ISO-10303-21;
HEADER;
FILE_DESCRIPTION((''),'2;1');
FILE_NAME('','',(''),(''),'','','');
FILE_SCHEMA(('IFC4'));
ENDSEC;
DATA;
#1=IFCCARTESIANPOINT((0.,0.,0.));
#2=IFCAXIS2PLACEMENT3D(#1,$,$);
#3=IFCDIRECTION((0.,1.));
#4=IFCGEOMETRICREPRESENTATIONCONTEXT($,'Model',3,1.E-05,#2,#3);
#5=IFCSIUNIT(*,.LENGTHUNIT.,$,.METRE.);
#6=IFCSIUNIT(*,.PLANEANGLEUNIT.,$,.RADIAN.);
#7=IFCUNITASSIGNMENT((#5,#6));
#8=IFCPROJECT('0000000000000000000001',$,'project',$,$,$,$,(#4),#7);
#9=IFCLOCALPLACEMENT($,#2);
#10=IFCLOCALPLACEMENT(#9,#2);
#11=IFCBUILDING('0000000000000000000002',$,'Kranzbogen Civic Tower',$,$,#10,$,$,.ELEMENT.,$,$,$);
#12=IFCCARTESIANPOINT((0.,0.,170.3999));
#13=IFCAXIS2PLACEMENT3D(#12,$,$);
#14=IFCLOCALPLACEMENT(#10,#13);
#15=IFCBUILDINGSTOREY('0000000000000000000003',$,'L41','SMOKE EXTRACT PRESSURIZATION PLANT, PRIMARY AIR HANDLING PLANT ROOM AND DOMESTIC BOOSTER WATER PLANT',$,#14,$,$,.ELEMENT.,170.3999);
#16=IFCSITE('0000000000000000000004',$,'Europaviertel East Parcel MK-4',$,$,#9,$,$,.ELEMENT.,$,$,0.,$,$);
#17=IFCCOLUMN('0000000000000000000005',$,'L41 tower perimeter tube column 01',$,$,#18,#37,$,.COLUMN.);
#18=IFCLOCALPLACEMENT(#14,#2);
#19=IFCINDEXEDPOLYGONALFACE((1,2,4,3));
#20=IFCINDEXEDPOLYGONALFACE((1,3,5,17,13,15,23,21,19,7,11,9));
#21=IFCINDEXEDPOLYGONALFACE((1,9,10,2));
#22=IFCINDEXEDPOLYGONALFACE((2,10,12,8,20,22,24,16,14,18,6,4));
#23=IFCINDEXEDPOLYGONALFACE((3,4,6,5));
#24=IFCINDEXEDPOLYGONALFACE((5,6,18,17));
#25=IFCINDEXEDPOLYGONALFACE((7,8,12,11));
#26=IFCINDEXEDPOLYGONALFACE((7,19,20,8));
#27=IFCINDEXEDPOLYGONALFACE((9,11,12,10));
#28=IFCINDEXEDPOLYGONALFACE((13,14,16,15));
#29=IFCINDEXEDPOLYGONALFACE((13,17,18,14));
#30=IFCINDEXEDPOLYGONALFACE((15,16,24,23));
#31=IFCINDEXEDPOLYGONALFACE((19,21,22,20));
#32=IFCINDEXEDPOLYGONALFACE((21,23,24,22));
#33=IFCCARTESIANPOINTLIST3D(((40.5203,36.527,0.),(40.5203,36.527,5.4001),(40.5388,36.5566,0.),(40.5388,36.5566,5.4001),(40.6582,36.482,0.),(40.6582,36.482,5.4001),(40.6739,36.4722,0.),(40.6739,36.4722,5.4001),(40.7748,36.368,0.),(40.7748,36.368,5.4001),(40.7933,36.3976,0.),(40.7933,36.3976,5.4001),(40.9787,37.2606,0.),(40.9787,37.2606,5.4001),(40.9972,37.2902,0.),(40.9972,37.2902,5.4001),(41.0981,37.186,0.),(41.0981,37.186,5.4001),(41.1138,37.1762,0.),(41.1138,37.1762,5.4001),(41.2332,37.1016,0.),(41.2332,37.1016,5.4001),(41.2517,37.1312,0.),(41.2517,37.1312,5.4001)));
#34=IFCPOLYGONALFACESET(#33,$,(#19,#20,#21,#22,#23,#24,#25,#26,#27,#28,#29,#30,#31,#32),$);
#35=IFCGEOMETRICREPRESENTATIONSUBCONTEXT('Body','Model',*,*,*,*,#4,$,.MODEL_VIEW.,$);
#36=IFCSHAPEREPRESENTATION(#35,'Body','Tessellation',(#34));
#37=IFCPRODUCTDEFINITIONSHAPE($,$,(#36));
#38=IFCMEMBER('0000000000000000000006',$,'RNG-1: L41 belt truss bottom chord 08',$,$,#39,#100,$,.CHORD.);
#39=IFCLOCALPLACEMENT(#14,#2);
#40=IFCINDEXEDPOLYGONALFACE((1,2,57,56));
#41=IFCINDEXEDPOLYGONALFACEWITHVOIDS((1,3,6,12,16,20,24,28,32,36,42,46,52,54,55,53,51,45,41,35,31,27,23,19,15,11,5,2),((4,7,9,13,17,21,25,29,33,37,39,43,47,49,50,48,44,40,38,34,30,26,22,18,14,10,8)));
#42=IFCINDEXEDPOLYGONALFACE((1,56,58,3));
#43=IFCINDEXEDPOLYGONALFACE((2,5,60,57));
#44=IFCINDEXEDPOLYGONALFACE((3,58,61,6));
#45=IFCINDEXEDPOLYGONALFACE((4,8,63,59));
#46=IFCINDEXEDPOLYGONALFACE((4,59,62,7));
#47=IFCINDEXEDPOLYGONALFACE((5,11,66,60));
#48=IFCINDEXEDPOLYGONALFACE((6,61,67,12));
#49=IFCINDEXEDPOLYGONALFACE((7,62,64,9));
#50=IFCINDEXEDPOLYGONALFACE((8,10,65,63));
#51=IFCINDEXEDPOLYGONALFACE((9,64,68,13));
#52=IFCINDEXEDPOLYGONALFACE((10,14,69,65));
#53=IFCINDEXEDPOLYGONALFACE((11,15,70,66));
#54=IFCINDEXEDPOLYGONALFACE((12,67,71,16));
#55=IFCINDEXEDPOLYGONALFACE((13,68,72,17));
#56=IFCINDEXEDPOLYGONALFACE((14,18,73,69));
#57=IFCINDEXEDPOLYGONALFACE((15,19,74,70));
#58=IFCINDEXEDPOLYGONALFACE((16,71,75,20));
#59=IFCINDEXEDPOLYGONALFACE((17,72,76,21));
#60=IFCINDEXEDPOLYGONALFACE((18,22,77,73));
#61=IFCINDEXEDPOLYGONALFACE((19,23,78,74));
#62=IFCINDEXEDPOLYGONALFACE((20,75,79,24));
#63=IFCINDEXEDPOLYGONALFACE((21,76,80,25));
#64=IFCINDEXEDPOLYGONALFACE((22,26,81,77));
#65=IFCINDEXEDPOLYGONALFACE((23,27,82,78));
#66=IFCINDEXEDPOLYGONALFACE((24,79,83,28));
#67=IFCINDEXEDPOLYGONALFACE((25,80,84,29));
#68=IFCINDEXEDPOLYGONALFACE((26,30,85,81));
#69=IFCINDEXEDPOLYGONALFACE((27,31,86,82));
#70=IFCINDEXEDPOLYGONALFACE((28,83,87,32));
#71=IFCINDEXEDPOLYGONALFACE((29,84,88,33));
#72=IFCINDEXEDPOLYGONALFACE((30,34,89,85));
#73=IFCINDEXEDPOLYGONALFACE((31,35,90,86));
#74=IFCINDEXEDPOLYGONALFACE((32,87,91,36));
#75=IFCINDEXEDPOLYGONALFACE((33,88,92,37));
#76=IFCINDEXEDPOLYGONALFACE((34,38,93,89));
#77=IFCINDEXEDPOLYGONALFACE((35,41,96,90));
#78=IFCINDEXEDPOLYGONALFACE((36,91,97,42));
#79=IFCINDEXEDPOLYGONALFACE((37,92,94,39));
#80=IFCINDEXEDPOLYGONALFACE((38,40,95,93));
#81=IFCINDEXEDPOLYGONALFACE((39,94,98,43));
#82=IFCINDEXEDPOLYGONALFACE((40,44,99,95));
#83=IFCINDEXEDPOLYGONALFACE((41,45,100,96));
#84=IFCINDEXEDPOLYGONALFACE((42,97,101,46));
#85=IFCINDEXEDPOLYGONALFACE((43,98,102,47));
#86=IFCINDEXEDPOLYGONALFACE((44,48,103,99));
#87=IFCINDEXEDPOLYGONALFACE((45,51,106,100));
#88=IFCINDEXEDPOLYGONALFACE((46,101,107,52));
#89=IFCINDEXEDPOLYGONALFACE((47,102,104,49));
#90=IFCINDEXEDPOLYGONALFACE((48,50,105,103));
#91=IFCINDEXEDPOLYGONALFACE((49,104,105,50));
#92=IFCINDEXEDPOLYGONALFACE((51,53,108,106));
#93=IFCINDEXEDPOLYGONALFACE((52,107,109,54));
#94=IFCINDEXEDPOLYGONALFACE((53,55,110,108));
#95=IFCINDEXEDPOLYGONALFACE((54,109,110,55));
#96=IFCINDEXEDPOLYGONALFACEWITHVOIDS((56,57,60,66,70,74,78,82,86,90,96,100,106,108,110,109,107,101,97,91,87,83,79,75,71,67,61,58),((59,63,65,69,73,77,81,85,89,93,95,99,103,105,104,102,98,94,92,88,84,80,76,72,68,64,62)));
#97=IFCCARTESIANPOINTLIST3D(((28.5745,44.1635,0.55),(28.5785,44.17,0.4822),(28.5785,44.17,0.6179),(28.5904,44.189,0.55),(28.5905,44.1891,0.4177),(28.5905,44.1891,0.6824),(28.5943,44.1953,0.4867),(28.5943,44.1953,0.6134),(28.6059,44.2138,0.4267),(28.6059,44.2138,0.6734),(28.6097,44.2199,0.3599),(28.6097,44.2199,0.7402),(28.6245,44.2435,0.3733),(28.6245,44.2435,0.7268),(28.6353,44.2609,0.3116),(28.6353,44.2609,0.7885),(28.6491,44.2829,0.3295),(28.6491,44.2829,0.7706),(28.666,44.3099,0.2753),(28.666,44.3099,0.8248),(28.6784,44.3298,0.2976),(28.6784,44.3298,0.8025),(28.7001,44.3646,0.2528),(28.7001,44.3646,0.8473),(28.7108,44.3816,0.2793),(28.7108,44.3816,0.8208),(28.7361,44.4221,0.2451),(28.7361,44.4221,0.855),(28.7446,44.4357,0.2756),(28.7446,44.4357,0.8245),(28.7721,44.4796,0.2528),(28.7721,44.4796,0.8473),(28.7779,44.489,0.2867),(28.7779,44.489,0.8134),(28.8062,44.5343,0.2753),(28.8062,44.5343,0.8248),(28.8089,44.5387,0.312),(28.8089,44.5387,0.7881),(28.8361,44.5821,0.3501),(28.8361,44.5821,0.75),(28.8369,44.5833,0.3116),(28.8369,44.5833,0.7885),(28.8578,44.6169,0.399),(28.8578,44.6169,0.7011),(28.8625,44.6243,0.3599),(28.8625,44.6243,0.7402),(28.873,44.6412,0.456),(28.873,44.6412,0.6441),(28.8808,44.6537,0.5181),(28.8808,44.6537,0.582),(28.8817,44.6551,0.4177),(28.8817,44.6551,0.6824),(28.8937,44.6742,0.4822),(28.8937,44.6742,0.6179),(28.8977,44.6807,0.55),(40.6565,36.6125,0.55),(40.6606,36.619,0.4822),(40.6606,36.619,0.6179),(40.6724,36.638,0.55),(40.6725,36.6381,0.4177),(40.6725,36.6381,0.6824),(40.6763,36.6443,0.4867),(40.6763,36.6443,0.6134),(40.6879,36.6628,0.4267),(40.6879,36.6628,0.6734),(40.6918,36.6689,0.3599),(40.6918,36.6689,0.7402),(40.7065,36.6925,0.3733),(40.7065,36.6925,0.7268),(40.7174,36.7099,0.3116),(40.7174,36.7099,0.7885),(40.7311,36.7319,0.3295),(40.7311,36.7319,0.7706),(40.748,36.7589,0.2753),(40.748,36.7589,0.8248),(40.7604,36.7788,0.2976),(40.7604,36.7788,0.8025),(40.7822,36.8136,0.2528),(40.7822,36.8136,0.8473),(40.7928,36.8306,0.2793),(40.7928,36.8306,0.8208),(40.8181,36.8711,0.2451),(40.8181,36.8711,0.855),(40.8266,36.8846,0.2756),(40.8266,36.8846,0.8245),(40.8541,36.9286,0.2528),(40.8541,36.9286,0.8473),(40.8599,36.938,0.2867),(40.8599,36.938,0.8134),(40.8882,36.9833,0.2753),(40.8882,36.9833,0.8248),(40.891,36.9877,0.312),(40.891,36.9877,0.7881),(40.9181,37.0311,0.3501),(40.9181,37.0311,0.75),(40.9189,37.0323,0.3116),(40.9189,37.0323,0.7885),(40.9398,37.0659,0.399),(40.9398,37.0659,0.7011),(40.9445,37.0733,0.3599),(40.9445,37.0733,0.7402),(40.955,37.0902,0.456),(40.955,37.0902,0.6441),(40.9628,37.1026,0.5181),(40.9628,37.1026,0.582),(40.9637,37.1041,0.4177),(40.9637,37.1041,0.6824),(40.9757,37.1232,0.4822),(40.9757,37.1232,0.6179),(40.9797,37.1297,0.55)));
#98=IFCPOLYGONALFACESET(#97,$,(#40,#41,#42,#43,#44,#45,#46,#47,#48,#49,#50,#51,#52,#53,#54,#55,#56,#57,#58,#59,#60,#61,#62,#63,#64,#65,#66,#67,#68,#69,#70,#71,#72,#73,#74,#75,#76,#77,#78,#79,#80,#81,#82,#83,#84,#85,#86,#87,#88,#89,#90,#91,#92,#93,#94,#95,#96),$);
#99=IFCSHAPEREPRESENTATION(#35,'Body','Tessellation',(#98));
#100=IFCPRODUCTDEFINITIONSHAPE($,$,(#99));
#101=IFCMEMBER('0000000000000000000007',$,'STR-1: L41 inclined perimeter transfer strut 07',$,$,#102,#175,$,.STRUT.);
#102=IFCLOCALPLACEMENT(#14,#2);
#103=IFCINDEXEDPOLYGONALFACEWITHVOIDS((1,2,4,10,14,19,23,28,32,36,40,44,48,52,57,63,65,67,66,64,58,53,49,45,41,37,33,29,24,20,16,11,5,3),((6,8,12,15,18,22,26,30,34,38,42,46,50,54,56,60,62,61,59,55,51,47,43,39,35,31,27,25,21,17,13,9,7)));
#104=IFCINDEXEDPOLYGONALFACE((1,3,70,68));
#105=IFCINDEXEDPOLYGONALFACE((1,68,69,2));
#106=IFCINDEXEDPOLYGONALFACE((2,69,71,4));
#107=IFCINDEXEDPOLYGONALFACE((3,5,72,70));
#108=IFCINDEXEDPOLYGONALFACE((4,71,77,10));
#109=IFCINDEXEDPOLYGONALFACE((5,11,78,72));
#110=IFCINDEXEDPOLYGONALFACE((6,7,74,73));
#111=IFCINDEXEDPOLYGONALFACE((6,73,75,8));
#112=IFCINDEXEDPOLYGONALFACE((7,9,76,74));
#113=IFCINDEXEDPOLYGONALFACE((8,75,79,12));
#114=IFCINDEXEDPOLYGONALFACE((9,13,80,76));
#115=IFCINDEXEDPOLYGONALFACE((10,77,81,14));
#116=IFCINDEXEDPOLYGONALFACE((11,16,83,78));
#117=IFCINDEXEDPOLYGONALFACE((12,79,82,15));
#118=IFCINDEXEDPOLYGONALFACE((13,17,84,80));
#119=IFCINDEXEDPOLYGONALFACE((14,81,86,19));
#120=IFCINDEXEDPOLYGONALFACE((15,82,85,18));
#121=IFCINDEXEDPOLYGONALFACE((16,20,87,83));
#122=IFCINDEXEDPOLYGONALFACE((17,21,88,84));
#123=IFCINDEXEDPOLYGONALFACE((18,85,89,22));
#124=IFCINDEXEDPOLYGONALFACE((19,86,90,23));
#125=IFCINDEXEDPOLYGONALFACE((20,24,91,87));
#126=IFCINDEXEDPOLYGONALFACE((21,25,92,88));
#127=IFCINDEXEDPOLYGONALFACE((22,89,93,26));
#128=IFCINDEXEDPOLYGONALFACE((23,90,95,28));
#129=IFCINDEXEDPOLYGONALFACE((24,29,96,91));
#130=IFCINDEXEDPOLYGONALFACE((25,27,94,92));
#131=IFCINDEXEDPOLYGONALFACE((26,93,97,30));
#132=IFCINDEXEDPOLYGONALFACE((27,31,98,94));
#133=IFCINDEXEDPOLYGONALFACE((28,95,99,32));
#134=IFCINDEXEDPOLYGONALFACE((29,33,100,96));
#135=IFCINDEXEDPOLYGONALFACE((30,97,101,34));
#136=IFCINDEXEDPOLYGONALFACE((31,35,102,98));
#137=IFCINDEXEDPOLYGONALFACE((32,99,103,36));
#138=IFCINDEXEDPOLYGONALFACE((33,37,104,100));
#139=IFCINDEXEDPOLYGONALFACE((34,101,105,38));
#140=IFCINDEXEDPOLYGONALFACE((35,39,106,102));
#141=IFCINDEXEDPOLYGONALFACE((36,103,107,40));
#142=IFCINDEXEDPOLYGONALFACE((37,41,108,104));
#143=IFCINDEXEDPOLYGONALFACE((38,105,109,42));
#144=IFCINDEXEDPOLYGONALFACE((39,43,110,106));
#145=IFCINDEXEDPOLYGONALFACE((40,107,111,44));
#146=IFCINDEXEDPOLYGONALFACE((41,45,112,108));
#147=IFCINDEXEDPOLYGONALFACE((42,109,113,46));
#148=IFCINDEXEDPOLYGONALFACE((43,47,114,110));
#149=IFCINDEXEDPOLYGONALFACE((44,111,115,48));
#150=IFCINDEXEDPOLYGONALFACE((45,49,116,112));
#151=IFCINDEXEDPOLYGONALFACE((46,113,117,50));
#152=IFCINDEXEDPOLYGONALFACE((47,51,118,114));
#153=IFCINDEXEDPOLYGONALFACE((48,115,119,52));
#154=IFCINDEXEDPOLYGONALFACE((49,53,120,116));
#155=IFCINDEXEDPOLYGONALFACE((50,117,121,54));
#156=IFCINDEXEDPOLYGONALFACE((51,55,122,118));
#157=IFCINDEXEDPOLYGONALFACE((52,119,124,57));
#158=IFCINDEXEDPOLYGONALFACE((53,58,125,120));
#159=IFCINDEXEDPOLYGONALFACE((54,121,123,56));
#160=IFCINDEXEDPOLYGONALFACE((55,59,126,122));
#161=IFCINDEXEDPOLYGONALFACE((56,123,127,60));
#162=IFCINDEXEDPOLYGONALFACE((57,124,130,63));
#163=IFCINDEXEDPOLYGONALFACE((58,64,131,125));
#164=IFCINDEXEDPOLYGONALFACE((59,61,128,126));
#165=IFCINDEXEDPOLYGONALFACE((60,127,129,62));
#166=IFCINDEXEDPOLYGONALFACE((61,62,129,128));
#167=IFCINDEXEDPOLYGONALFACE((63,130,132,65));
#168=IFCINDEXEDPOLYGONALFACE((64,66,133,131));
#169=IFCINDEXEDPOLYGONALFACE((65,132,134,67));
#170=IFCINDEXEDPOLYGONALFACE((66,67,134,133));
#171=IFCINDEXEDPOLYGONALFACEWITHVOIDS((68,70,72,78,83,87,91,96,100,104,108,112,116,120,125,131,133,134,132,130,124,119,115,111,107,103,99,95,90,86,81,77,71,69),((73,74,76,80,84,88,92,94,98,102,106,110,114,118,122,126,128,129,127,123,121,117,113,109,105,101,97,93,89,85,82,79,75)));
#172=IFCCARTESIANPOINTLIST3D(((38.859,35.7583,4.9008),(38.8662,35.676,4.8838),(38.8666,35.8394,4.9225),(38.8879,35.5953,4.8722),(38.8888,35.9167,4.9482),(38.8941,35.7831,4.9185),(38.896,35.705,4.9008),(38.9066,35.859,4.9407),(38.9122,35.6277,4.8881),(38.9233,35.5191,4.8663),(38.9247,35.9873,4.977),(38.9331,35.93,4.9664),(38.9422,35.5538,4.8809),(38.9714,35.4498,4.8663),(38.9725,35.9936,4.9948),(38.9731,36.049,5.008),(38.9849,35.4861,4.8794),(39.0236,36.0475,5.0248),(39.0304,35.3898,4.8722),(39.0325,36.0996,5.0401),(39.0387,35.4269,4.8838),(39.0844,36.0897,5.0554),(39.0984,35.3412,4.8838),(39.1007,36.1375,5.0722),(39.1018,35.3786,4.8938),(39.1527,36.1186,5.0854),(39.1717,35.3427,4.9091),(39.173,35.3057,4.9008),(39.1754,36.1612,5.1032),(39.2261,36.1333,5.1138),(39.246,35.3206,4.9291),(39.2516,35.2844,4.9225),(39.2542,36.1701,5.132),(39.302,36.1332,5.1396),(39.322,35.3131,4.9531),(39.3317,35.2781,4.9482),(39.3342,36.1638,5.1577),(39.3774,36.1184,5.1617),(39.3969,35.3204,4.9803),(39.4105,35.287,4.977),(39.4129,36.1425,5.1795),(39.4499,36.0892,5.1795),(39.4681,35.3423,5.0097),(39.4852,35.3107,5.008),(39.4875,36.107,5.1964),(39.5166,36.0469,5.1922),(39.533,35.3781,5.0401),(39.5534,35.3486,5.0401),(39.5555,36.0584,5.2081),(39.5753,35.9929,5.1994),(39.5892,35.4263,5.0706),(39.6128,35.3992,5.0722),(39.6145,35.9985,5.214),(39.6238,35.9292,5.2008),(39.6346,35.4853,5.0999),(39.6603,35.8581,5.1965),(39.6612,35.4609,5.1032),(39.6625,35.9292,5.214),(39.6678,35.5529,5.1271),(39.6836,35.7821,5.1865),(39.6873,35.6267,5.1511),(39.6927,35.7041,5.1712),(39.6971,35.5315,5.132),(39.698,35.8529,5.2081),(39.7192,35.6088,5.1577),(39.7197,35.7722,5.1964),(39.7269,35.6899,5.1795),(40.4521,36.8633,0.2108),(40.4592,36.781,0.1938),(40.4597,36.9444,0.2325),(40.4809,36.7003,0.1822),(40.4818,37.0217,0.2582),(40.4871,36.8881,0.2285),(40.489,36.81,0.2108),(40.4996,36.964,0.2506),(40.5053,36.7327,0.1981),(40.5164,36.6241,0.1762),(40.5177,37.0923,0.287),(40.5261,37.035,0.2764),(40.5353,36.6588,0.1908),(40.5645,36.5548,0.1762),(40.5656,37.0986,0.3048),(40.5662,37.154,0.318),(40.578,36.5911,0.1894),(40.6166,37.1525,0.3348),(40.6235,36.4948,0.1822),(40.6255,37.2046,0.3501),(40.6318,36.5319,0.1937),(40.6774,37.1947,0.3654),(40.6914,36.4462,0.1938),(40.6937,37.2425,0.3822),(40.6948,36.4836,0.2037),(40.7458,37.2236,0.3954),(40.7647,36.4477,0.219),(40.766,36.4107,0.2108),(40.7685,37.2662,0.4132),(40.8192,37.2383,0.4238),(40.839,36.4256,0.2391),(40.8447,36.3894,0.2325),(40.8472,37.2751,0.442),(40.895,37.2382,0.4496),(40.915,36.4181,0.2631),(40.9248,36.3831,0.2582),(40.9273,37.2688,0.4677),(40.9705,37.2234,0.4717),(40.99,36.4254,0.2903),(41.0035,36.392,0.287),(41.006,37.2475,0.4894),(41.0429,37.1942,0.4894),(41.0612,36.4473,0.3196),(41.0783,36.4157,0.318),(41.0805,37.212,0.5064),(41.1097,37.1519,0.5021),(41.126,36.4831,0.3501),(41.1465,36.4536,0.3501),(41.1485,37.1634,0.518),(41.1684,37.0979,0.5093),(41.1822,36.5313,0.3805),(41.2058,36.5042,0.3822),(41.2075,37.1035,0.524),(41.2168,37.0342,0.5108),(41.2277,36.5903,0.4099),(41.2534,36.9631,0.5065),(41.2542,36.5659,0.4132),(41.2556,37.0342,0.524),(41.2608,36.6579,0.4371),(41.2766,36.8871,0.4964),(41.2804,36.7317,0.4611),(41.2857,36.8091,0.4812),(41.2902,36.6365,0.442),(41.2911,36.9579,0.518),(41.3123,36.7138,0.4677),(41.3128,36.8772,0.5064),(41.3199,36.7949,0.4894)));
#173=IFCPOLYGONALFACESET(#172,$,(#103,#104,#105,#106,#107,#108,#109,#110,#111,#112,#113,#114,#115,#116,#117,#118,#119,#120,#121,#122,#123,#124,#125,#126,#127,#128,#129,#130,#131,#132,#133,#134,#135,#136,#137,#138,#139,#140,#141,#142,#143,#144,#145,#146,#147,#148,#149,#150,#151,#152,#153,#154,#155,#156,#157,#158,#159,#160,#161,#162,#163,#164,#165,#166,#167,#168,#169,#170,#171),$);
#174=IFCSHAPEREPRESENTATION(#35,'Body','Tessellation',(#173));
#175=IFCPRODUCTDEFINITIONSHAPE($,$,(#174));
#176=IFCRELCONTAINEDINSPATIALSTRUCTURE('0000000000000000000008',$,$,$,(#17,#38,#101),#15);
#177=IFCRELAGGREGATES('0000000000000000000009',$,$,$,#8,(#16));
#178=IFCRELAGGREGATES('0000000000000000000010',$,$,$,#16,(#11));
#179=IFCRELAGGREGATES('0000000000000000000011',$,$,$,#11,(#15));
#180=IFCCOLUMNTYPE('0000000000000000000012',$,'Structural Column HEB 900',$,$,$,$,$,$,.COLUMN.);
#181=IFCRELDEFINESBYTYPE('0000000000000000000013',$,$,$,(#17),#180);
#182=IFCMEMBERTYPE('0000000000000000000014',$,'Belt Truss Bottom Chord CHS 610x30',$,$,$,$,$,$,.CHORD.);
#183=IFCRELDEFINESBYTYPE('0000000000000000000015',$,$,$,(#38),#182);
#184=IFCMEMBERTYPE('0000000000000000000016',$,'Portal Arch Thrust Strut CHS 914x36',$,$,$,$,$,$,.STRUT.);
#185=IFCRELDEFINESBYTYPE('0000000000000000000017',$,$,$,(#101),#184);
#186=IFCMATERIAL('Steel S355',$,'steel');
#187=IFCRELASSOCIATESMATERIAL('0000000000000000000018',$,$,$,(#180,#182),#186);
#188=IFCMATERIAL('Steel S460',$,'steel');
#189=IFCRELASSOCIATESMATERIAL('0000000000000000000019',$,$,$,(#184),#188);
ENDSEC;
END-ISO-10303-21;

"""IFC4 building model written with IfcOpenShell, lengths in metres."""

from ifc_helpers import new_model, si_unit, direction, frame, origin, origin_2d, place, context, subcontext, project, spatial, hollow_circle, i_section, extrude, material, material_profile, profile_set, type_object, element, save


model = new_model("IFC4")

# Units and contexts
model_context = context("Model", 3, precision=1e-05, world=origin(), true_north=direction((0.0, 1.0)))
body_context = subcontext(model_context, "Body", "Model", "MODEL_VIEW")
ifc_project = project(units=[si_unit("LENGTHUNIT", "METRE"), si_unit("PLANEANGLEUNIT", "RADIAN")], contexts=[model_context])

# Site, building, storey
site_placement = place(None, origin())
site = spatial("IfcSite", under=ifc_project, at=site_placement, Name="Europaviertel East Parcel MK-4", CompositionType="ELEMENT", RefElevation=0.0)
building_placement = place(site_placement, origin())
building = spatial("IfcBuilding", under=site, at=building_placement, Name="Kranzbogen Civic Tower", CompositionType="ELEMENT")
storey_placement = place(building_placement, frame((0.0, 0.0, 170.3999)))
storey = spatial("IfcBuildingStorey", under=building, at=storey_placement, Name="L41", Description="SMOKE EXTRACT PRESSURIZATION PLANT, PRIMARY AIR HANDLING PLANT ROOM AND DOMESTIC BOOSTER WATER PLANT", CompositionType="ELEMENT", Elevation=170.3999)

# Column
ifc_material_1 = material(Name="Steel S355", Category="steel")
ifc_material_profile_1 = material_profile(ifc_material_1, i_section(OverallWidth=0.3, OverallDepth=0.8999, WebThickness=0.0186, FlangeThickness=0.0349, at=origin_2d()), Name="HEB 900")
ifc_profile_set_1 = profile_set([ifc_material_profile_1], Name="Steel S355")
column_type = type_object("IfcColumnType", Name="Structural Column HEB 900", PredefinedType="COLUMN", material=ifc_profile_set_1)
column_placement = place(storey_placement, frame((40.886, 36.8291, 0.0), z_axis=(0.0, 0.0, 1.0), x_axis=(-0.848048, 0.529919, 0.0)))
element("IfcColumn", 1, at=column_placement, inside=storey, type_object=column_type, Name="L41 tower perimeter tube column 01", PredefinedType="COLUMN", context=body_context, shape_type="SweptSolid", body=[
    extrude(i_section(OverallWidth=0.3, OverallDepth=0.8999, WebThickness=0.0186, FlangeThickness=0.0349, at=origin_2d()), origin(), (0.0, 0.0, 1.0), 5.4001),
])

# Members
ifc_material_profile_2 = material_profile(ifc_material_1, hollow_circle(Radius=0.3049, WallThickness=0.03, at=origin_2d()), Name="CHS 610x30")
ifc_profile_set_2 = profile_set([ifc_material_profile_2], Name="Steel S355")
member_type_1 = type_object("IfcMemberType", Name="Belt Truss Bottom Chord CHS 610x30", PredefinedType="CHORD", material=ifc_profile_set_2)
member_1_placement = place(storey_placement, frame((40.8181, 36.8711, 0.55), z_axis=(-0.848006, 0.529987, 0.0), x_axis=(-0.529987, -0.848006, 0.0)))
element("IfcMember", 2, at=member_1_placement, inside=storey, type_object=member_type_1, Name="RNG-1: L41 belt truss bottom chord 08", PredefinedType="CHORD", context=body_context, shape_type="SweptSolid", body=[
    extrude(hollow_circle(Radius=0.3049, WallThickness=0.03, at=origin_2d()), origin(), (0.0, 0.0, 1.0), 14.2476),
])
ifc_material_2 = material(Name="Steel S460", Category="steel")
ifc_material_profile_3 = material_profile(ifc_material_2, hollow_circle(Radius=0.457, WallThickness=0.0359, at=origin_2d()), Name="CHS 914x36")
ifc_profile_set_3 = profile_set([ifc_material_profile_3], Name="Steel S460")
member_type_2 = type_object("IfcMemberType", Name="Portal Arch Thrust Strut CHS 914x36", PredefinedType="STRUT", material=ifc_profile_set_3)
member_2_placement = place(storey_placement, frame((40.886, 36.8291, 0.3501), z_axis=(-0.313904, -0.217736, 0.924151), x_axis=(0.56995, -0.82168, 0.0)))
element("IfcMember", 3, at=member_2_placement, inside=storey, type_object=member_type_2, Name="STR-1: L41 inclined perimeter transfer strut 07", PredefinedType="STRUT", context=body_context, shape_type="SweptSolid", body=[
    extrude(hollow_circle(Radius=0.457, WallThickness=0.0359, at=origin_2d()), origin(), (0.0, 0.0, 1.0), 5.075),
])

save(model, "model.ifc")
